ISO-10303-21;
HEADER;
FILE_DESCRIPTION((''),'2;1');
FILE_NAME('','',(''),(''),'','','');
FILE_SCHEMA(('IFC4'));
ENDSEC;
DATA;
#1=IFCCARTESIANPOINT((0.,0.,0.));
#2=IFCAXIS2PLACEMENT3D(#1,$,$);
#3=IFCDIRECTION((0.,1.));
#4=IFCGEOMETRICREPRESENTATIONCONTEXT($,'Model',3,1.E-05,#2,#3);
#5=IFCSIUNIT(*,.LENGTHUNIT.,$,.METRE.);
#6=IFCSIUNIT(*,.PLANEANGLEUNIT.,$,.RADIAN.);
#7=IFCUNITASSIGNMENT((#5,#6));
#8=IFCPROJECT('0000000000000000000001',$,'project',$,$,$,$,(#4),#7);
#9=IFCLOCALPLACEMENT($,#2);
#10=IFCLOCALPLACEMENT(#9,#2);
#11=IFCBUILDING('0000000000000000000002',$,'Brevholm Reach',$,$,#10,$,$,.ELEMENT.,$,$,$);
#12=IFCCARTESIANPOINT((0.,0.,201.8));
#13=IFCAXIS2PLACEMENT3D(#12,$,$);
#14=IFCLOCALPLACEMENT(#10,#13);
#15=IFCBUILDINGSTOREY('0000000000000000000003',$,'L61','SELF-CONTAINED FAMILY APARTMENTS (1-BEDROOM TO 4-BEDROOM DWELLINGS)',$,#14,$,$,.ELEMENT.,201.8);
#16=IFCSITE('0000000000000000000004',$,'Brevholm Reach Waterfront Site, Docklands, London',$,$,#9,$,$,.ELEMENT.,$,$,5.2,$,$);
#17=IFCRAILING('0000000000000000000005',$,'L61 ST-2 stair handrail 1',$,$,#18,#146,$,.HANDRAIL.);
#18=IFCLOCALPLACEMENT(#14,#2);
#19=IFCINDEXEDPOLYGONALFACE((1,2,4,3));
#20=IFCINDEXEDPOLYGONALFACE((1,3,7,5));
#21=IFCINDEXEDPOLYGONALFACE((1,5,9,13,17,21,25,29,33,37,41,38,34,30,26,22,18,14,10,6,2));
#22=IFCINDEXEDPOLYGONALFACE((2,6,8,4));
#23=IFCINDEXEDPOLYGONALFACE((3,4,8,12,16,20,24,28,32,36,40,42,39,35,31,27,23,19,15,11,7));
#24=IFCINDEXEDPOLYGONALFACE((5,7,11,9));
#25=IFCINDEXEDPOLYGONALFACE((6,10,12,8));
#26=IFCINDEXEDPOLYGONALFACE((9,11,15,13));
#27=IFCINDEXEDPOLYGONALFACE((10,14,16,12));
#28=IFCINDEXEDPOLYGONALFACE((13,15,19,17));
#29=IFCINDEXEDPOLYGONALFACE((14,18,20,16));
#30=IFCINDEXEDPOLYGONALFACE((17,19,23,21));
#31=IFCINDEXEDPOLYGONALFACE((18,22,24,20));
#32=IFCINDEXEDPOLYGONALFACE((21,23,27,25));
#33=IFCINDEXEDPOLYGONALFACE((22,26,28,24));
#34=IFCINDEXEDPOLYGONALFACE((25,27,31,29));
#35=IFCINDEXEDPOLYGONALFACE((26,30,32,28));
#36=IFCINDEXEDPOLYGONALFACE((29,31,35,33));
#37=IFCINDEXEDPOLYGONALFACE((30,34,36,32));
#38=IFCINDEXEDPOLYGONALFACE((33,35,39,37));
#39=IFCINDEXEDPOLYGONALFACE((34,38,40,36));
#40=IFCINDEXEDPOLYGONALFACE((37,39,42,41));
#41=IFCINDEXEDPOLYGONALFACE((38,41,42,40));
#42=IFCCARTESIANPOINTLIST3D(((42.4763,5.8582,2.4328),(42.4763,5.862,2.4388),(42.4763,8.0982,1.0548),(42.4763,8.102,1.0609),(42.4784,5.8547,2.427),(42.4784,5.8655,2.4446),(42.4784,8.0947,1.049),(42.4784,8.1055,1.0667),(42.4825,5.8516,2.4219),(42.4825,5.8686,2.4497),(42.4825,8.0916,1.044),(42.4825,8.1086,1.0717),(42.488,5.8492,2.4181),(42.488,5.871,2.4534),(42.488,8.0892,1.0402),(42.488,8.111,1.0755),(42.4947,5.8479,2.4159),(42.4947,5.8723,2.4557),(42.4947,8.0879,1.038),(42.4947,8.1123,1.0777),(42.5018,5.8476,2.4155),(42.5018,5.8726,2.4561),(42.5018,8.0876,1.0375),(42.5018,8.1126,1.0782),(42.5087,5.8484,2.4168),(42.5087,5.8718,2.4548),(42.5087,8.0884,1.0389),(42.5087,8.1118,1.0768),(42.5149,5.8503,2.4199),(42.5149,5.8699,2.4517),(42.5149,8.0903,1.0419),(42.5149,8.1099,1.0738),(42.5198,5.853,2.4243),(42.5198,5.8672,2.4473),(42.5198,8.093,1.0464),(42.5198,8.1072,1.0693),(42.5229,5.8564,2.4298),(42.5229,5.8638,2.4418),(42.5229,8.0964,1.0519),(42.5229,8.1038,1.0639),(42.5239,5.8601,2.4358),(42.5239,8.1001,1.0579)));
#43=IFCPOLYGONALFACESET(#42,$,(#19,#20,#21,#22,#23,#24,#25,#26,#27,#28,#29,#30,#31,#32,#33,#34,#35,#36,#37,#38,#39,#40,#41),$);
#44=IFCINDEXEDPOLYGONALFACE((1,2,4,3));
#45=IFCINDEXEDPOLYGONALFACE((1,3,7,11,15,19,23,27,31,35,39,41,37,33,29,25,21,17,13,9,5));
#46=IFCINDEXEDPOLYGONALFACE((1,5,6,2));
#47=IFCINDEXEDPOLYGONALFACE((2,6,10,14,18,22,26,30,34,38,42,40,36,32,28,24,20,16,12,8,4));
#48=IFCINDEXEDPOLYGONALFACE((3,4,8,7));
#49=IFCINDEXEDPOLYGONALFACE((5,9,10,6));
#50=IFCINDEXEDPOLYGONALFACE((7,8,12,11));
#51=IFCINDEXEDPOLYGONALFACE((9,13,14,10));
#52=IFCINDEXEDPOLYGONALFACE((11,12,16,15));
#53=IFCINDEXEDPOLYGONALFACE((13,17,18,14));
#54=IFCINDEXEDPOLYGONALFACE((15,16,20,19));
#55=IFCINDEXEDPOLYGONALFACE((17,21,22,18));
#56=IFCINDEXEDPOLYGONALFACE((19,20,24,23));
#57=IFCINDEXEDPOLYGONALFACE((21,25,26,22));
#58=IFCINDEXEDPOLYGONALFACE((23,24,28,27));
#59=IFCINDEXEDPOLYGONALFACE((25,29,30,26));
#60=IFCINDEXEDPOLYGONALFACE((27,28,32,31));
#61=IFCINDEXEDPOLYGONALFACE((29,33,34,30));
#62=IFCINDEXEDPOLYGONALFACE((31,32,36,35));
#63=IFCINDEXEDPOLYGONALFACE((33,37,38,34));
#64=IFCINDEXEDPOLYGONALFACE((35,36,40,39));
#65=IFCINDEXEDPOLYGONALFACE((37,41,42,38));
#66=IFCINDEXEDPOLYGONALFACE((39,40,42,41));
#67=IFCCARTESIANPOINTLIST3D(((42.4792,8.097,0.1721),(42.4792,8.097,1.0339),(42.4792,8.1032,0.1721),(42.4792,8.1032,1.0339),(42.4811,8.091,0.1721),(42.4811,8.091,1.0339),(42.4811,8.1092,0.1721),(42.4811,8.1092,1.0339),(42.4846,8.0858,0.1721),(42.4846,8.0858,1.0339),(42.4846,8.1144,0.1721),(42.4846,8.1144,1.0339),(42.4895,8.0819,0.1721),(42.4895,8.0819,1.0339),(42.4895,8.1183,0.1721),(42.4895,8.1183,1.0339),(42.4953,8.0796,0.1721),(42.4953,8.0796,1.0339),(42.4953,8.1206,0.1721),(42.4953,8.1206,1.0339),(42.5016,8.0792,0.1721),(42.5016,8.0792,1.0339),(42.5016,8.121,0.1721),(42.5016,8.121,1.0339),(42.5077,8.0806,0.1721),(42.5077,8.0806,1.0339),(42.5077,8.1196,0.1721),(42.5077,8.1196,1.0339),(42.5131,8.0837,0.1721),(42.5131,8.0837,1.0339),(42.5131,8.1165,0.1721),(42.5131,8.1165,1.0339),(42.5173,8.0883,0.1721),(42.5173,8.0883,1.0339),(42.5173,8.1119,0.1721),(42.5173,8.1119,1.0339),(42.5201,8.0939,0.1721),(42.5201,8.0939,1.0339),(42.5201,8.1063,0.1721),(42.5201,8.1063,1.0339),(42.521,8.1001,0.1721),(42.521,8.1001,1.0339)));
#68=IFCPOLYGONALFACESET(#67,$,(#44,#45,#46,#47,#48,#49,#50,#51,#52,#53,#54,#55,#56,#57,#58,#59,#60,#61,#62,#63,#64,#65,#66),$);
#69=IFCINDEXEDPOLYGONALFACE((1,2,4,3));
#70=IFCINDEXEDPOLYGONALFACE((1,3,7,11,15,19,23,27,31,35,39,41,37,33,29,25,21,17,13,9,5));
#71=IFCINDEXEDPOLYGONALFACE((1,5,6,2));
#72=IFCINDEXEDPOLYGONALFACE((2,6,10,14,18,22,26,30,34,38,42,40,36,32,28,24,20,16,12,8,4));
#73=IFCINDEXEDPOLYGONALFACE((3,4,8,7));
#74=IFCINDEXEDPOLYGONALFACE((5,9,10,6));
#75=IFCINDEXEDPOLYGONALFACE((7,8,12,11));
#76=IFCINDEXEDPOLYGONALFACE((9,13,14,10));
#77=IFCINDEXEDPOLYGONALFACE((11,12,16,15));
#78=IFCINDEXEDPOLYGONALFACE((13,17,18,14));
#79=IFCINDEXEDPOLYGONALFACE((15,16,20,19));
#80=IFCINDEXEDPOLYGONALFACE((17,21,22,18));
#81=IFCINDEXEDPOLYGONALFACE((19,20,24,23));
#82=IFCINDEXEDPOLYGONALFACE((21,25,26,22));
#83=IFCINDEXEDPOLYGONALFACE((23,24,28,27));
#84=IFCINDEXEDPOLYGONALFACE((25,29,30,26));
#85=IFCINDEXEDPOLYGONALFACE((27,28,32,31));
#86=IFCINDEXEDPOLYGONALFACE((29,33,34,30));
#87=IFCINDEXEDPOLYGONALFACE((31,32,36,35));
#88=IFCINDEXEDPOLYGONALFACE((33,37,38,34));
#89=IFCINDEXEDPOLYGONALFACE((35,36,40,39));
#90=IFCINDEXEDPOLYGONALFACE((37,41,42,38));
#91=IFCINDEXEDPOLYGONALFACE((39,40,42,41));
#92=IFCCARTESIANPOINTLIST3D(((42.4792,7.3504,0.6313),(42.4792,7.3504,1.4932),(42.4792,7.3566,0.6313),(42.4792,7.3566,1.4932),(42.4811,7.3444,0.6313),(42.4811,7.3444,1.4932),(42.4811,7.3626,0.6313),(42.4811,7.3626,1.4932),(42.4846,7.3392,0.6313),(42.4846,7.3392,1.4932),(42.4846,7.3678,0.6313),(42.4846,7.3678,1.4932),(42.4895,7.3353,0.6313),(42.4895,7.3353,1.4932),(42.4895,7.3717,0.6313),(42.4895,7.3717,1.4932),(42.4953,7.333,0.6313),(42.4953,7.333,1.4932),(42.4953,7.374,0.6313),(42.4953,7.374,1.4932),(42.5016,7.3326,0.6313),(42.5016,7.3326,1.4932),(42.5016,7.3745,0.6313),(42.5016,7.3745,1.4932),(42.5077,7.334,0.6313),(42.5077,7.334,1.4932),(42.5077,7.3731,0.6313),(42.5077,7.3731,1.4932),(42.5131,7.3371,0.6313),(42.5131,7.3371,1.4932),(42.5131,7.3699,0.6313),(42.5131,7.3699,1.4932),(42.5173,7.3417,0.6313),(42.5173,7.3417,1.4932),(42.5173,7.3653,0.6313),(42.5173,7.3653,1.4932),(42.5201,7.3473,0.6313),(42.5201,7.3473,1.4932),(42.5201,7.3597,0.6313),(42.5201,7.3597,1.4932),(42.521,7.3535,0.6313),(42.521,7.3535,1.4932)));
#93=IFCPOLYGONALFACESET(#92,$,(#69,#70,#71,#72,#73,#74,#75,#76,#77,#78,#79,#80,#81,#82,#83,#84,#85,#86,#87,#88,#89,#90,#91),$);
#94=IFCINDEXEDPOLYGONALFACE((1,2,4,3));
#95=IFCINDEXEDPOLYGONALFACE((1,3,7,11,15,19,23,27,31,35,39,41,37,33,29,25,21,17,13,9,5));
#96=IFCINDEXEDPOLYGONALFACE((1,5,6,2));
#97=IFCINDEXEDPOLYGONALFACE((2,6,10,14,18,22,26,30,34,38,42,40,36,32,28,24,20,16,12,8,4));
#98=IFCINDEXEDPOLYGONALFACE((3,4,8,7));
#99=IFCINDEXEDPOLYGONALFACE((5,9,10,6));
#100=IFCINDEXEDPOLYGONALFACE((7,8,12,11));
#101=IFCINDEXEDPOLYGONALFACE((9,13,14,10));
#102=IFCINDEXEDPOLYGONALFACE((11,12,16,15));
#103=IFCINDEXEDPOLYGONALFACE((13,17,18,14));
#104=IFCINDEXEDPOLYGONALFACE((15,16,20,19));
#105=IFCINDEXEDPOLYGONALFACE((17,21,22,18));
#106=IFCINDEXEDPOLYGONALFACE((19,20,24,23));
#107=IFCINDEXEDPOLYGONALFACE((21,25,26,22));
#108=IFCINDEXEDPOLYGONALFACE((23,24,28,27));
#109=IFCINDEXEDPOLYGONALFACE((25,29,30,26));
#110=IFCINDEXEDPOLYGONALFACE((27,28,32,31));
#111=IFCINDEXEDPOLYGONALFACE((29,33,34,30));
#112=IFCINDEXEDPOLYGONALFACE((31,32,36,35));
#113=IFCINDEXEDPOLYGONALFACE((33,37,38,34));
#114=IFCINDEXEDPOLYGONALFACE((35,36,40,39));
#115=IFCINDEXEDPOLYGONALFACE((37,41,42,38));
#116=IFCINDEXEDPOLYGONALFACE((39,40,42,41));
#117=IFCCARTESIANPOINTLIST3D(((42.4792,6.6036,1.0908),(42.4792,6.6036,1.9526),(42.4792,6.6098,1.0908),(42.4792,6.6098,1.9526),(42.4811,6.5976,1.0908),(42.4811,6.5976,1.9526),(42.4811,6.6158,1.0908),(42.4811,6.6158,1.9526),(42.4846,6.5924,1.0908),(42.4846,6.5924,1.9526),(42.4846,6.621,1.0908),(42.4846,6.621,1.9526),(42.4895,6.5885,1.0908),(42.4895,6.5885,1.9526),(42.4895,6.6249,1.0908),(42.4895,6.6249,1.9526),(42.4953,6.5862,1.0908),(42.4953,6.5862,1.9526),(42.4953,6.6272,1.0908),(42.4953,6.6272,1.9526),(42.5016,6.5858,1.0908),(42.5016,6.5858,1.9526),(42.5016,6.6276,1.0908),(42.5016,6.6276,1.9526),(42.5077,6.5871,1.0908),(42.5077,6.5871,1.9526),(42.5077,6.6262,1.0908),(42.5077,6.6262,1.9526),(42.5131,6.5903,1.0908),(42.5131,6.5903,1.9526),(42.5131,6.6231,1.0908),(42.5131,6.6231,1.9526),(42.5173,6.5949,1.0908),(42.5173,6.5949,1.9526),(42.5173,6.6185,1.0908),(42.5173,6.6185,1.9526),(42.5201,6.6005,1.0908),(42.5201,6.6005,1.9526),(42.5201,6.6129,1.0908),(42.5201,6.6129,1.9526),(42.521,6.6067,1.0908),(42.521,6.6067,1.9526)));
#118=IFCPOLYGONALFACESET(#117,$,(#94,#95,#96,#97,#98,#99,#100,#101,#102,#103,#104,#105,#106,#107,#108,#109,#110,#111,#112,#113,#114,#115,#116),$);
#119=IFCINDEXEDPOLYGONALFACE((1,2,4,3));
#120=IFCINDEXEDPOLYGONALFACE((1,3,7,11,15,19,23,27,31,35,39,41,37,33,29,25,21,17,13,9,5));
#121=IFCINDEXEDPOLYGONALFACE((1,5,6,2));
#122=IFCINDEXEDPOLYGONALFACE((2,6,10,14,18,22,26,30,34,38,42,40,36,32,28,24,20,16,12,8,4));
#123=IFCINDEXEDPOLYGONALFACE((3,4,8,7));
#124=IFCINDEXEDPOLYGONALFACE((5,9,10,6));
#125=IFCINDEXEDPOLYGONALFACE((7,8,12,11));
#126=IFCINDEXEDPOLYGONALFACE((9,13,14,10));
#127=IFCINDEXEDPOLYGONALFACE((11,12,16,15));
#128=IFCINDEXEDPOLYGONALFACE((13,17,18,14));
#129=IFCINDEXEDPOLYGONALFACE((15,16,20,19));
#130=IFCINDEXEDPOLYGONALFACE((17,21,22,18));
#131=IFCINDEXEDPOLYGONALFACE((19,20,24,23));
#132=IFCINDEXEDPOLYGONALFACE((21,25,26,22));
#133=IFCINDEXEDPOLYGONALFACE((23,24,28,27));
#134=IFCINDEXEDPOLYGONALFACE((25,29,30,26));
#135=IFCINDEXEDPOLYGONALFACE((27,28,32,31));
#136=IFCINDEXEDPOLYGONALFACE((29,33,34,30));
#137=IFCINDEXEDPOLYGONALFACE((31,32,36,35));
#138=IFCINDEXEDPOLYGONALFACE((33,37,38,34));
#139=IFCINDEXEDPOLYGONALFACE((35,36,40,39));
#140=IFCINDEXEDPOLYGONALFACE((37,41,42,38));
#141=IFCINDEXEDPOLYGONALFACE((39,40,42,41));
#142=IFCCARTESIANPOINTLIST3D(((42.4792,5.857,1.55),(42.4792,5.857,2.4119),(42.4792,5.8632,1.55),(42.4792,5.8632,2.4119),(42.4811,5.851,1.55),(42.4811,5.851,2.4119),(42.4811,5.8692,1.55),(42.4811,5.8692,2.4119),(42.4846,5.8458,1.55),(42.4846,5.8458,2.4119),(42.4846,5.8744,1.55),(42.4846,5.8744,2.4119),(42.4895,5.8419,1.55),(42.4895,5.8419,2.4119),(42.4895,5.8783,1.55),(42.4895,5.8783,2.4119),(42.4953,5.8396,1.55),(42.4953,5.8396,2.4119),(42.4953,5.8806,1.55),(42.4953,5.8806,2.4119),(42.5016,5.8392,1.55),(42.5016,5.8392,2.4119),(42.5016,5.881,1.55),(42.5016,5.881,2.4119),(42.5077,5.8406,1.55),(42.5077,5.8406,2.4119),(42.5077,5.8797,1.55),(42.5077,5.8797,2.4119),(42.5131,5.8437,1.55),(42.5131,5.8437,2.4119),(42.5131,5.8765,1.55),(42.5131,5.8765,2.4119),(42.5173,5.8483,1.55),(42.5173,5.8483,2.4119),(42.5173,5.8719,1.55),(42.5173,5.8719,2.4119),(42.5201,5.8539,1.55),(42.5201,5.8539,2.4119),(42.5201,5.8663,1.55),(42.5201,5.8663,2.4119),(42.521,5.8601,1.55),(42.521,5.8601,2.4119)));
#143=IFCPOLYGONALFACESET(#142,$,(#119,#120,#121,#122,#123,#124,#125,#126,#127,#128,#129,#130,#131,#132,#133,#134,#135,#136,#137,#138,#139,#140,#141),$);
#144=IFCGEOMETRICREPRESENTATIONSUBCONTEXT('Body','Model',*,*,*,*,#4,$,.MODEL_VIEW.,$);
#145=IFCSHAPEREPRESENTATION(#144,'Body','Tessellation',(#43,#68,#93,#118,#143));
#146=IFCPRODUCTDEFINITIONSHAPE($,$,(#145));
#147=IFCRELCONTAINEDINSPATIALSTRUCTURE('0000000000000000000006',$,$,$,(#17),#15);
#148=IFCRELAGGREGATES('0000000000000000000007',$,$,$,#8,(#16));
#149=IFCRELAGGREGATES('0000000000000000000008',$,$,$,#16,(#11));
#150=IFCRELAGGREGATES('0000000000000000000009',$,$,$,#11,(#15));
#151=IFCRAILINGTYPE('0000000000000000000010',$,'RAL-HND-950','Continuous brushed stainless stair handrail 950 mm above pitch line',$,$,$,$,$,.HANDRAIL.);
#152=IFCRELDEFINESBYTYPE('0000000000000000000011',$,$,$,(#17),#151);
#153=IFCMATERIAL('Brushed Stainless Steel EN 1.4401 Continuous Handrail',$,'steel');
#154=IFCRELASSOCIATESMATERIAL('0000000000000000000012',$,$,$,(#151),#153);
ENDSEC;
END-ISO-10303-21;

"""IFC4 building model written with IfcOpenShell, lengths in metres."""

from ifc_helpers import new_model, si_unit, direction, frame, origin, origin_2d, place, context, subcontext, project, spatial, circle, extrude, material, type_object, element, save


model = new_model("IFC4")

# Units and contexts
model_context = context("Model", 3, precision=1e-05, world=origin(), true_north=direction((0.0, 1.0)))
body_context = subcontext(model_context, "Body", "Model", "MODEL_VIEW")
ifc_project = project(units=[si_unit("LENGTHUNIT", "METRE"), si_unit("PLANEANGLEUNIT", "RADIAN")], contexts=[model_context])

# Site, building, storey
site_placement = place(None, origin())
site = spatial("IfcSite", under=ifc_project, at=site_placement, Name="Brevholm Reach Waterfront Site, Docklands, London", CompositionType="ELEMENT", RefElevation=5.2)
building_placement = place(site_placement, origin())
building = spatial("IfcBuilding", under=site, at=building_placement, Name="Brevholm Reach", CompositionType="ELEMENT")
storey_placement = place(building_placement, frame((0.0, 0.0, 201.8)))
storey = spatial("IfcBuildingStorey", under=building, at=storey_placement, Name="L61", Description="SELF-CONTAINED FAMILY APARTMENTS (1-BEDROOM TO 4-BEDROOM DWELLINGS)", CompositionType="ELEMENT", Elevation=201.8)

# Railing
ifc_material_1 = material(Name="Brushed Stainless Steel EN 1.4401 Continuous Handrail", Category="steel")
railing_type_1 = type_object("IfcRailingType", Name="RAL-HND-950", Description="Continuous brushed stainless stair handrail 950 mm above pitch line", PredefinedType="HANDRAIL", material=ifc_material_1)
railing_1_placement = place(storey_placement, frame((42.5, 8.1001, 0.1721)))
element("IfcRailing", 1, at=railing_1_placement, inside=storey, type_object=railing_type_1, Name="L61 ST-2 stair handrail 1", PredefinedType="HANDRAIL", context=body_context, shape_type="SweptSolid", body=[
    extrude(circle(Radius=0.0239, at=origin_2d()), frame((0.0, 0.0, 0.8857), z_axis=(0.0, -0.851748, 0.523952), x_axis=(1.0, 0.0, 0.0)), (0.0, 0.0, 1.0), 2.6299),
    extrude(circle(Radius=0.021, at=origin_2d()), origin(), (0.0, 0.0, 1.0), 0.8618),
    extrude(circle(Radius=0.021, at=origin_2d()), frame((0.0, -0.7466, 0.4592)), (0.0, 0.0, 1.0), 0.8618),
    extrude(circle(Radius=0.021, at=origin_2d()), frame((0.0, -1.4934, 0.9187)), (0.0, 0.0, 1.0), 0.8618),
    extrude(circle(Radius=0.021, at=origin_2d()), frame((0.0, -2.24, 1.3779)), (0.0, 0.0, 1.0), 0.8618),
])

save(model, "model.ifc")
